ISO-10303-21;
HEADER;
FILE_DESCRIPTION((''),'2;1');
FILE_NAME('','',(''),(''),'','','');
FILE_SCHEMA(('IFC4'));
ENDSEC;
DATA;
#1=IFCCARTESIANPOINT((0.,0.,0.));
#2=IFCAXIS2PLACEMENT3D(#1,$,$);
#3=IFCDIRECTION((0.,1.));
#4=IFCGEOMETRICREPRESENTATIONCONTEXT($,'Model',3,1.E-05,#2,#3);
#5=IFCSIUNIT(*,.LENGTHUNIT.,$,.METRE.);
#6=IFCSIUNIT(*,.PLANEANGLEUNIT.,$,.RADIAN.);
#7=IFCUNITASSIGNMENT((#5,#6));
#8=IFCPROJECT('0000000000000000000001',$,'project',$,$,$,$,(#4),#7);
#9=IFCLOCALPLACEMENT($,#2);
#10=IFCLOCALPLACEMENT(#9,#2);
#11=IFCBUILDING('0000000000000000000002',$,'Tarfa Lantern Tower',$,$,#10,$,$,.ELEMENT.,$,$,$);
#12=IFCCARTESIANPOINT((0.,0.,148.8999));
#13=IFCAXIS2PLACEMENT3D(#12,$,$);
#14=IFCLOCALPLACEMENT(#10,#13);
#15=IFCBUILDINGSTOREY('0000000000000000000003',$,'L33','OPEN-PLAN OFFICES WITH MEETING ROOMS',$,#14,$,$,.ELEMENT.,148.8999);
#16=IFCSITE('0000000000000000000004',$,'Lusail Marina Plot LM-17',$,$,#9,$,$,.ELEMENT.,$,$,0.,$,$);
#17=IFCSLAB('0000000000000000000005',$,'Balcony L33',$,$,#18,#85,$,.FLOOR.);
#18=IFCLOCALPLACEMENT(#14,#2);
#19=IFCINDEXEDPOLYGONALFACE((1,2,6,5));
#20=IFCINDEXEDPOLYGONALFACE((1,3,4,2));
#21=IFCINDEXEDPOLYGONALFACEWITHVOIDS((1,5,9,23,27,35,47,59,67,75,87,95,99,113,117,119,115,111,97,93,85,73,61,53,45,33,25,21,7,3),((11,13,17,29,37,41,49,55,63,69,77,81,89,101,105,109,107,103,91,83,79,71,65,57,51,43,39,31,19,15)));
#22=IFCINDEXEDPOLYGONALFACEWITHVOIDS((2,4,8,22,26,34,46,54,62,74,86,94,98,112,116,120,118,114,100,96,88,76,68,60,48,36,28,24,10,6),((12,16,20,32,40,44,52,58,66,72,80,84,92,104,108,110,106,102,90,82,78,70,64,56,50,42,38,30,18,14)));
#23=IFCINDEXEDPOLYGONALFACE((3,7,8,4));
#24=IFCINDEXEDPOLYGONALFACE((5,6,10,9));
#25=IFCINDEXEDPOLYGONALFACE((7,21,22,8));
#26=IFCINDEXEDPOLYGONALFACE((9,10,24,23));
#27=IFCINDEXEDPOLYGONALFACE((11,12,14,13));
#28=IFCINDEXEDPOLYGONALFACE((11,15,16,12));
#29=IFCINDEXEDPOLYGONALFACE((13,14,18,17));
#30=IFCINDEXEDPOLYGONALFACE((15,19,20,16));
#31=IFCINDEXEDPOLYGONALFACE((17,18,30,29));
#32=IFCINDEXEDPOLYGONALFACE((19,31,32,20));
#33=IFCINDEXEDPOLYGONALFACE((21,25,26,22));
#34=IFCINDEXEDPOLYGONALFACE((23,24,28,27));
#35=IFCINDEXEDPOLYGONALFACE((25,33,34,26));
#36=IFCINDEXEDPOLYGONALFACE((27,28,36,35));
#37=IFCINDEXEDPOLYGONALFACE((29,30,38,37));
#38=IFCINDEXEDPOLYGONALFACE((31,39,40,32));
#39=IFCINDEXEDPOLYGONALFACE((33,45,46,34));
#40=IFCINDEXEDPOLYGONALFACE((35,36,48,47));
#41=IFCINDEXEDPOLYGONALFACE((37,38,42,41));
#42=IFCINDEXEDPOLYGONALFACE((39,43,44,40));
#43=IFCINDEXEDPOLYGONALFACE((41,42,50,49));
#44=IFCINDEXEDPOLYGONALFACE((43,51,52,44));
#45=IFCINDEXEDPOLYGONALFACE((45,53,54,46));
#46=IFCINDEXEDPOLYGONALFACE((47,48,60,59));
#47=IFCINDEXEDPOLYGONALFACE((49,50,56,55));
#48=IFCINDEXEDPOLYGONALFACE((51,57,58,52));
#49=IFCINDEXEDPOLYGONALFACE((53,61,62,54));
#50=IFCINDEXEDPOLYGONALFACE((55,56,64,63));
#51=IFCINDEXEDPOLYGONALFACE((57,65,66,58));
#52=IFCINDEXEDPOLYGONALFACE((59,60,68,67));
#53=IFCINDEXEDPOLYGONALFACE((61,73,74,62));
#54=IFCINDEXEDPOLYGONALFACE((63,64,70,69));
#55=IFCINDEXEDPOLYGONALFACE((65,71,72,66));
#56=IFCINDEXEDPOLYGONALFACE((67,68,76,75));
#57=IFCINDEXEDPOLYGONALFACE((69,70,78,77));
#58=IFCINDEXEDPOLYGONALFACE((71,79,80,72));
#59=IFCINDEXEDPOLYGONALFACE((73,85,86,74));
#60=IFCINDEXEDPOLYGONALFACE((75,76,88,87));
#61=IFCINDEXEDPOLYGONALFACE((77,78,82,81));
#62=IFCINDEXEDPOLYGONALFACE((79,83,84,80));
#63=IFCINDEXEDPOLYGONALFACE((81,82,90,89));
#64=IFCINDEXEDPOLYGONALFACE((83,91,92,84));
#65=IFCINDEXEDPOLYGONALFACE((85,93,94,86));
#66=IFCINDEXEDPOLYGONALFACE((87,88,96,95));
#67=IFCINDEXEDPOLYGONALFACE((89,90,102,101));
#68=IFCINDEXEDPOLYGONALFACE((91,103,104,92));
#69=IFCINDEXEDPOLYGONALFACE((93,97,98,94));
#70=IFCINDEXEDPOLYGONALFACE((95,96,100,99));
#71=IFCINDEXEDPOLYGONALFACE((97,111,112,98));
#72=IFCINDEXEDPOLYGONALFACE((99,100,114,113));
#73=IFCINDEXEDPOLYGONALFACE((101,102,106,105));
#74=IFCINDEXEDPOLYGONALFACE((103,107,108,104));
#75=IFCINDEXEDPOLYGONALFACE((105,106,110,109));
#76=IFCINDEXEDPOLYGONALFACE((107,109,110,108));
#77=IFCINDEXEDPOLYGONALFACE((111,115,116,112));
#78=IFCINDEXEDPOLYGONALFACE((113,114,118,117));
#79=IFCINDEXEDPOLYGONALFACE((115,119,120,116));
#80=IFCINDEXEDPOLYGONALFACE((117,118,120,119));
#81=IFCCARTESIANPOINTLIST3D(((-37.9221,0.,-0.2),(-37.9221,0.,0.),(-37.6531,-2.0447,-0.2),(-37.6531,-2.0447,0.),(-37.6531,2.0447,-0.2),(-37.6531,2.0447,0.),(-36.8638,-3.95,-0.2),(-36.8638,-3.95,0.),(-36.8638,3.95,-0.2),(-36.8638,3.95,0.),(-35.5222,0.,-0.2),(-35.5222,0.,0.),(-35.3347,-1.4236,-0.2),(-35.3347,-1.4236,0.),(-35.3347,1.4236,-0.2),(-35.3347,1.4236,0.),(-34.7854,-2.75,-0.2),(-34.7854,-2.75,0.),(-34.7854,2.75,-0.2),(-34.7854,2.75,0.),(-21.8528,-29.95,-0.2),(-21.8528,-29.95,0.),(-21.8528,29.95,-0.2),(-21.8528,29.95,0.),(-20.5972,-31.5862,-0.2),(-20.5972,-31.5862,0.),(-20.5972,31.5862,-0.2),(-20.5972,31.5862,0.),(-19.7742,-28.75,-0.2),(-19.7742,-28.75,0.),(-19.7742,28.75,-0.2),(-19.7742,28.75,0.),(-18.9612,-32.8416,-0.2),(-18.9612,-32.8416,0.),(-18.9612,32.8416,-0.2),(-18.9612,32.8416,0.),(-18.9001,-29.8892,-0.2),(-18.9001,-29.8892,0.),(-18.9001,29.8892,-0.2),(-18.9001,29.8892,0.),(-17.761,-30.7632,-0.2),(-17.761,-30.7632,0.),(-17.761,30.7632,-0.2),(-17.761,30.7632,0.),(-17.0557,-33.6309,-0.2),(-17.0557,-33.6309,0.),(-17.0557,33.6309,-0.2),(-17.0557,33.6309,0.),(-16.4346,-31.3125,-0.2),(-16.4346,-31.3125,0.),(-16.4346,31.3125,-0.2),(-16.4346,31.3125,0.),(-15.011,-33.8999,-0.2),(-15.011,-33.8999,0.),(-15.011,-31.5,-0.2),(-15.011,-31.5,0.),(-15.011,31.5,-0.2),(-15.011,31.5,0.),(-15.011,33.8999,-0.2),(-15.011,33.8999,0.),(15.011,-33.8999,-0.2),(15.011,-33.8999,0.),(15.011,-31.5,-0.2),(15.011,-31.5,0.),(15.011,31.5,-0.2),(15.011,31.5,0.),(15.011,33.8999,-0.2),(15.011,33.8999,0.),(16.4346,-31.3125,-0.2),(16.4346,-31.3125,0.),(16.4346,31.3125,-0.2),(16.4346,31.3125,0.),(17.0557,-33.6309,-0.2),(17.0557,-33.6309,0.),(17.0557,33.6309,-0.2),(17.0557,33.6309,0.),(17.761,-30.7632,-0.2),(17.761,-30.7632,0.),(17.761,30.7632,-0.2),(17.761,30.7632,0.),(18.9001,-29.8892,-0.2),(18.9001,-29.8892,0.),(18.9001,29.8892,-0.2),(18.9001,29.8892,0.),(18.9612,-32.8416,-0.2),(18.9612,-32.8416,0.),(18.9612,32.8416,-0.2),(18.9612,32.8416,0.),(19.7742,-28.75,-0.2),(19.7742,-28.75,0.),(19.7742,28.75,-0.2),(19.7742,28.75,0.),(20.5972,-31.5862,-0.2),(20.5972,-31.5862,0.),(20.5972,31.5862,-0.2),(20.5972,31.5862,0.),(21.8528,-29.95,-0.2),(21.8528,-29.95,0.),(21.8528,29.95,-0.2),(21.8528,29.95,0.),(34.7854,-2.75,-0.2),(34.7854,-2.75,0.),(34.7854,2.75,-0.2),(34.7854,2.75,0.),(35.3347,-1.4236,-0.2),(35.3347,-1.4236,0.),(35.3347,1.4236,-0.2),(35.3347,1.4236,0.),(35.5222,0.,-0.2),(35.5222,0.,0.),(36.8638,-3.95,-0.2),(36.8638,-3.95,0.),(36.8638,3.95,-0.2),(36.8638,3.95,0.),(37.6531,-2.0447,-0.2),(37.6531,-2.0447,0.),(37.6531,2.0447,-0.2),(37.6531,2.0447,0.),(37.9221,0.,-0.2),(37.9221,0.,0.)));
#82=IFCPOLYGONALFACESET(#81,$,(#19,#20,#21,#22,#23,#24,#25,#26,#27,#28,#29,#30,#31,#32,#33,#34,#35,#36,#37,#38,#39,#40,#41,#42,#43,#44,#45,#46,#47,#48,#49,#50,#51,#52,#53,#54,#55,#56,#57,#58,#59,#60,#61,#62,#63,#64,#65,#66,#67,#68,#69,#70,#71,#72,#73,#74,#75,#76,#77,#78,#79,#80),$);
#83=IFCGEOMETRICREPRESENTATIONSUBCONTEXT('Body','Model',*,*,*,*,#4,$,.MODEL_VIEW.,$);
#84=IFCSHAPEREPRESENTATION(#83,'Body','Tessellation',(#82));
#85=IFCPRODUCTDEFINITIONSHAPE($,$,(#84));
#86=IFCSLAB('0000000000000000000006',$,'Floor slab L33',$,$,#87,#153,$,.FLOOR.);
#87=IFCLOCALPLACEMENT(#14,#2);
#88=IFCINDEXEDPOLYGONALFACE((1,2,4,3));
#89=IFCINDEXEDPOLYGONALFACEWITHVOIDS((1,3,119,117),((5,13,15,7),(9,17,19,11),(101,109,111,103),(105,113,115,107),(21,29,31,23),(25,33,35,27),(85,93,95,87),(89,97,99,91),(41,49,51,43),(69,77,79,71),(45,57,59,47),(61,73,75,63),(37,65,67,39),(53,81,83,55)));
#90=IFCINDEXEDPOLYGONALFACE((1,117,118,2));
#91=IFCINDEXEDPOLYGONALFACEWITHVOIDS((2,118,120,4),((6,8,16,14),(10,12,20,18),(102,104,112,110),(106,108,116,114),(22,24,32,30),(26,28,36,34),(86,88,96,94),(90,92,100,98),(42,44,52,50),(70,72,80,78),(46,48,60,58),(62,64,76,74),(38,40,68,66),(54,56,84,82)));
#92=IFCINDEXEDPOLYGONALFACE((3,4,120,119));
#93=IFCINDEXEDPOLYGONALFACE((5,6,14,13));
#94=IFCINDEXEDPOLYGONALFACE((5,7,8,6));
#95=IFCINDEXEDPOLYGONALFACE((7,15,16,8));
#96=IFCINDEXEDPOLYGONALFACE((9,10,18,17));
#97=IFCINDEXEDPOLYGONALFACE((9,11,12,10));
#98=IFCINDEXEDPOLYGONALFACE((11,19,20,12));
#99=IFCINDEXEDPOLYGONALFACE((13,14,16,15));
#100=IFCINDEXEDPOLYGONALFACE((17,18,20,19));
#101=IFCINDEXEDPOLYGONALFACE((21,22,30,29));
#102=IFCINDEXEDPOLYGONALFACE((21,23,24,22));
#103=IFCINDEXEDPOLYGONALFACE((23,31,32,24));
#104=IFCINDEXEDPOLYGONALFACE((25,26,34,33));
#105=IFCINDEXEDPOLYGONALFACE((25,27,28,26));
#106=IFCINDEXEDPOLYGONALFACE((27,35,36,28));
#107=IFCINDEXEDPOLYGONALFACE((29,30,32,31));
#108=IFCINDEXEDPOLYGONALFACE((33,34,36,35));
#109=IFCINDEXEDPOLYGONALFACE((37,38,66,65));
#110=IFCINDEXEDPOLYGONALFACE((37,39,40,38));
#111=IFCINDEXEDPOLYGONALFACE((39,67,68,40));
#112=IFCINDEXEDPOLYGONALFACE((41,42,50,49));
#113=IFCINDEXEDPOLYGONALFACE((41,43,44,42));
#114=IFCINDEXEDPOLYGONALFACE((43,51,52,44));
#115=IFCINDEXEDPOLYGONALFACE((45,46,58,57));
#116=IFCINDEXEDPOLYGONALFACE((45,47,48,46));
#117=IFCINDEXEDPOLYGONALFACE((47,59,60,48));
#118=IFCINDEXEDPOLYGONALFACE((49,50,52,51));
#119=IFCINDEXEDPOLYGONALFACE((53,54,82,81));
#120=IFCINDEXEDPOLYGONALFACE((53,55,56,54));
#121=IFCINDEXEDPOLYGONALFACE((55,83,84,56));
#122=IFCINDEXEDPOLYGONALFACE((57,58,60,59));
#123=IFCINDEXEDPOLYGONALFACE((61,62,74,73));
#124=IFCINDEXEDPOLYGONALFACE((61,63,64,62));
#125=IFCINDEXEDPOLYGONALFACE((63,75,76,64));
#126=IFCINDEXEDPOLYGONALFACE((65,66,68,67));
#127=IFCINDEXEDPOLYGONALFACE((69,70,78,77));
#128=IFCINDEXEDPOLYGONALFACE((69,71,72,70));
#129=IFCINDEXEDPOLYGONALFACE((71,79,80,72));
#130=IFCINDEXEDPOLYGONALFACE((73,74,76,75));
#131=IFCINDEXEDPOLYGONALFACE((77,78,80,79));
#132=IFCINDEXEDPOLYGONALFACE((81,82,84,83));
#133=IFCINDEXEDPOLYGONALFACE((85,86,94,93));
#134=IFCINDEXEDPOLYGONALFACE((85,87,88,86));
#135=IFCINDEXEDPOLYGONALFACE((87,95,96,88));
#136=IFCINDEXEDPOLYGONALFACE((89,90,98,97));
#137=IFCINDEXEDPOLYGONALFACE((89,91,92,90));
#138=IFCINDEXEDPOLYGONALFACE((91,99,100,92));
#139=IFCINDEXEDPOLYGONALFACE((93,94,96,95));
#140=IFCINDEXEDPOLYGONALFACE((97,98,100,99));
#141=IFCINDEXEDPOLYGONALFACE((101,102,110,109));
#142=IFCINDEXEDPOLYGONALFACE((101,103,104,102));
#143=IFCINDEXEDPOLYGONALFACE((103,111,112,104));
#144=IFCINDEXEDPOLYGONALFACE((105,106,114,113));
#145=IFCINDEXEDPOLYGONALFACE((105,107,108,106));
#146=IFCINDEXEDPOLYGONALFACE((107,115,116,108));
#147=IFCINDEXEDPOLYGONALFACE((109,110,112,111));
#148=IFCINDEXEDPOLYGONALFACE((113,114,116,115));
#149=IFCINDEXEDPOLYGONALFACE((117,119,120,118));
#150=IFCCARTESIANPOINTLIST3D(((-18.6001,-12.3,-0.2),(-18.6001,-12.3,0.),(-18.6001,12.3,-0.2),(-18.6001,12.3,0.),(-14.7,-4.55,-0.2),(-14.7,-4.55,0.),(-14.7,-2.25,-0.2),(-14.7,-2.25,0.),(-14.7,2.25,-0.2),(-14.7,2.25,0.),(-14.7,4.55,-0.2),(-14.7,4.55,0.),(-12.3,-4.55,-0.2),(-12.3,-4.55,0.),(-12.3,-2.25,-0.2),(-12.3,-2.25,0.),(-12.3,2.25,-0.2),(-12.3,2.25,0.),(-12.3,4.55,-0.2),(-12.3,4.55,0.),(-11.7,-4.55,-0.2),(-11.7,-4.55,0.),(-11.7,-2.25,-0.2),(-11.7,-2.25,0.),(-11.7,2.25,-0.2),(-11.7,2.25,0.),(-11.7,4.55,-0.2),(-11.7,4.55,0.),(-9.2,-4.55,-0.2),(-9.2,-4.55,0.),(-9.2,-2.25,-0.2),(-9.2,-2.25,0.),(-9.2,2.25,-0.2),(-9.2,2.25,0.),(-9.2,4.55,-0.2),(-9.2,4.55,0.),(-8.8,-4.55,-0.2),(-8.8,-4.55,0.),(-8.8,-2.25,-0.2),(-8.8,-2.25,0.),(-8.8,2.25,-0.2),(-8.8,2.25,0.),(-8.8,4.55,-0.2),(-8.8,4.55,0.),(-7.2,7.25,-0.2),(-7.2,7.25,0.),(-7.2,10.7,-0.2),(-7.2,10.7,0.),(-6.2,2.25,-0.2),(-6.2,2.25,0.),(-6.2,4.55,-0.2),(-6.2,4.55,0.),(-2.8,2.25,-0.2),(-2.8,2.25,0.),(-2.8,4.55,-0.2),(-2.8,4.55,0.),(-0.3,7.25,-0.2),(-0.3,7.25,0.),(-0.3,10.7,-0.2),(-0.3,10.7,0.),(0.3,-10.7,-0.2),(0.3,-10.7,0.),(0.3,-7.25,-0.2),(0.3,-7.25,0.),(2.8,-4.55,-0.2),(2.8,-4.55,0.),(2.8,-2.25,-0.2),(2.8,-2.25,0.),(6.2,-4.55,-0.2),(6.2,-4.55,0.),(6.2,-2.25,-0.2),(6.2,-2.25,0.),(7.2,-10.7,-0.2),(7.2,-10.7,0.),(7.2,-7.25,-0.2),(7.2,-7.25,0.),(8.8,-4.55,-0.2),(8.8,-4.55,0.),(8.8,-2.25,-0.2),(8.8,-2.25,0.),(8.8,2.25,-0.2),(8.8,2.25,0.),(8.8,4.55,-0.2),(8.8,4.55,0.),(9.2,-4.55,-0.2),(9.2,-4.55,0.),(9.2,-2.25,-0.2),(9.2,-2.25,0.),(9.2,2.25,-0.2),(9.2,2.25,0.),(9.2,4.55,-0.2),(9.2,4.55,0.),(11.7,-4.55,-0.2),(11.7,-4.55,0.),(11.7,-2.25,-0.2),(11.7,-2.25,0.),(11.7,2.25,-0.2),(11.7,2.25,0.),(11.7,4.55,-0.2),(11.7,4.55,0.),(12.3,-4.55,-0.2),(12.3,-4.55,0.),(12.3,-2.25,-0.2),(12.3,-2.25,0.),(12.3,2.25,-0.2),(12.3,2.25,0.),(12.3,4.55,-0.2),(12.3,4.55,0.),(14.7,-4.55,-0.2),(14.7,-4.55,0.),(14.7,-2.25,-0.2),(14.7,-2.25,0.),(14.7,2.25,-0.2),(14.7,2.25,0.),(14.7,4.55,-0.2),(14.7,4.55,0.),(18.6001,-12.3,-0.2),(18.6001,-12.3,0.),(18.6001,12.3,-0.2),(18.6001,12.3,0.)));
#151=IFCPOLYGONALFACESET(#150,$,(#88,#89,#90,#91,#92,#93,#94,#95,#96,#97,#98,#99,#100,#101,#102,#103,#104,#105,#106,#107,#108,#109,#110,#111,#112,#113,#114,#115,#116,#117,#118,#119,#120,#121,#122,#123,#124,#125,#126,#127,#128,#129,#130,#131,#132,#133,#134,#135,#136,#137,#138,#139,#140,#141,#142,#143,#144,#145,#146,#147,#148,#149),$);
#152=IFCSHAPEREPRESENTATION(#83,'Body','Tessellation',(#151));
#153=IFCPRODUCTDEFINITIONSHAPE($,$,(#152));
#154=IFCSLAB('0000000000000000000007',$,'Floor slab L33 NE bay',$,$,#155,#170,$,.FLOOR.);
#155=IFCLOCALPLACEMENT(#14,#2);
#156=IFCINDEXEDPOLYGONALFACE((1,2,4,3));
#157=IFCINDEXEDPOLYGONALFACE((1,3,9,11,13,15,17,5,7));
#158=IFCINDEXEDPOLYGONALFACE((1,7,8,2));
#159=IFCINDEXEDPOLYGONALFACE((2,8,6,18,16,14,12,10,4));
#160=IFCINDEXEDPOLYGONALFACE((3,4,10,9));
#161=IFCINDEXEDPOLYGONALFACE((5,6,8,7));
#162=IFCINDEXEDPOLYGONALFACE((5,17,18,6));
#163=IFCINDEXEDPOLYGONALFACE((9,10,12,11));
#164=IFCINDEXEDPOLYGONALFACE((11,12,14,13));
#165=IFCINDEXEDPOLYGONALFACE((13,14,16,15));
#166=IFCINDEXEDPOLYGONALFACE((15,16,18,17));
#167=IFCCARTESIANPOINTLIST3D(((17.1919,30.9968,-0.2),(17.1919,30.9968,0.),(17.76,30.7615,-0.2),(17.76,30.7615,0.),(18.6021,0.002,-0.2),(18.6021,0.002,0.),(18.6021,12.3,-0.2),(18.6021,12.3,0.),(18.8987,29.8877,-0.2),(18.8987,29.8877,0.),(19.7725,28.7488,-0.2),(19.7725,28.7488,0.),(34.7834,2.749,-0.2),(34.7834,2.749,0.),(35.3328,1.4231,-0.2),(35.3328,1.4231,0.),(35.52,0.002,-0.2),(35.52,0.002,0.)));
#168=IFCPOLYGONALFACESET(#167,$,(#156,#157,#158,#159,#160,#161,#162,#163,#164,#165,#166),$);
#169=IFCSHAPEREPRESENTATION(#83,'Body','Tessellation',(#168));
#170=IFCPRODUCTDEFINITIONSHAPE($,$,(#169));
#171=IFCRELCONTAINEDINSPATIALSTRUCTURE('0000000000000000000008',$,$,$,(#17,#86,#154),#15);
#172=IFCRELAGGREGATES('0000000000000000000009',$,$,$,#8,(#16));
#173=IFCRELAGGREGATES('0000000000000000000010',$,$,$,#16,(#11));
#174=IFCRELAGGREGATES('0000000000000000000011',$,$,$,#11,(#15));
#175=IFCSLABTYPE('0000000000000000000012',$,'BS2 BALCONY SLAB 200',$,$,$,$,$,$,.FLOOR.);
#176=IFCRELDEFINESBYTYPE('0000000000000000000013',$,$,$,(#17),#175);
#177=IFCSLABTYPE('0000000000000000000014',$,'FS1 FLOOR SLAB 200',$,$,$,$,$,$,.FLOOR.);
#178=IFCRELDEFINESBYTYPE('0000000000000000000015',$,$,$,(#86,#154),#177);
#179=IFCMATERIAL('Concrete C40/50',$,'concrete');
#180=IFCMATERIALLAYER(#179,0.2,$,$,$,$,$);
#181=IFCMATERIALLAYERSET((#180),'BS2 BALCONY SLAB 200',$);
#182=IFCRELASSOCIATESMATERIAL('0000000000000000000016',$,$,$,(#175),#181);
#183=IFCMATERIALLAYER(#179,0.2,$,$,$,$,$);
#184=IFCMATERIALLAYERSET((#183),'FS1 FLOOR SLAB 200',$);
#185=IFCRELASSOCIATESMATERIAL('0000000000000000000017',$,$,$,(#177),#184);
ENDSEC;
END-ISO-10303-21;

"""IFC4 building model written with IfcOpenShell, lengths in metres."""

from ifc_helpers import new_model, si_unit, direction, frame, origin, place, context, subcontext, project, spatial, polyline, outline, extrude, material, layer, layer_set, type_object, element, save


model = new_model("IFC4")

# Units and contexts
model_context = context("Model", 3, precision=1e-05, world=origin(), true_north=direction((0.0, 1.0)))
body_context = subcontext(model_context, "Body", "Model", "MODEL_VIEW")
ifc_project = project(units=[si_unit("LENGTHUNIT", "METRE"), si_unit("PLANEANGLEUNIT", "RADIAN")], contexts=[model_context])

# Site, building, storey
site_placement = place(None, origin())
site = spatial("IfcSite", under=ifc_project, at=site_placement, Name="Lusail Marina Plot LM-17", CompositionType="ELEMENT", RefElevation=0.0)
building_placement = place(site_placement, origin())
building = spatial("IfcBuilding", under=site, at=building_placement, Name="Tarfa Lantern Tower", CompositionType="ELEMENT")
storey_placement = place(building_placement, frame((0.0, 0.0, 148.8999)))
storey = spatial("IfcBuildingStorey", under=building, at=storey_placement, Name="L33", Description="OPEN-PLAN OFFICES WITH MEETING ROOMS", CompositionType="ELEMENT", Elevation=148.8999)

# Slabs
ifc_material_1 = material(Name="Concrete C40/50", Category="concrete")
ifc_layer_1 = layer(ifc_material_1, 0.2)
ifc_layer_set_1 = layer_set([ifc_layer_1], Name="BS2 BALCONY SLAB 200")
slab_type_1 = type_object("IfcSlabType", Name="BS2 BALCONY SLAB 200", PredefinedType="FLOOR", material=ifc_layer_set_1)
slab_1_placement = place(storey_placement, frame((0.0, 0.0, -0.2)))
element("IfcSlab", 1, at=slab_1_placement, inside=storey, type_object=slab_type_1, Name="Balcony L33", PredefinedType="FLOOR", context=body_context, shape_type="SweptSolid", body=[
    extrude(outline(polyline([(36.8638, 3.95), (21.8528, 29.95), (20.5972, 31.5862), (18.9612, 32.8416), (17.0557, 33.6309), (15.011, 33.8999), (-15.011, 33.8999), (-17.0557, 33.6309), (-18.9612, 32.8416), (-20.5972, 31.5862), (-21.8528, 29.95), (-36.8638, 3.95), (-37.6531, 2.0447), (-37.9221, 0.0), (-37.6531, -2.0447), (-36.8638, -3.95), (-21.8528, -29.95), (-20.5972, -31.5862), (-18.9612, -32.8416), (-17.0557, -33.6309), (-15.011, -33.8999), (15.011, -33.8999), (17.0557, -33.6309), (18.9612, -32.8416), (20.5972, -31.5862), (21.8528, -29.95), (36.8638, -3.95), (37.6531, -2.0447), (37.9221, 0.0), (37.6531, 2.0447), (36.8638, 3.95)]), holes=[polyline([(34.7854, 2.75), (19.7742, 28.75), (18.9001, 29.8892), (17.761, 30.7632), (16.4346, 31.3125), (15.011, 31.5), (-15.011, 31.5), (-16.4346, 31.3125), (-17.761, 30.7632), (-18.9001, 29.8892), (-19.7742, 28.75), (-34.7854, 2.75), (-35.3347, 1.4236), (-35.5222, 0.0), (-35.3347, -1.4236), (-34.7854, -2.75), (-19.7742, -28.75), (-18.9001, -29.8892), (-17.761, -30.7632), (-16.4346, -31.3125), (-15.011, -31.5), (15.011, -31.5), (16.4346, -31.3125), (17.761, -30.7632), (18.9001, -29.8892), (19.7742, -28.75), (34.7854, -2.75), (35.3347, -1.4236), (35.5222, 0.0), (35.3347, 1.4236), (34.7854, 2.75)])]), origin(), (0.0, 0.0, 1.0), 0.2),
])
ifc_layer_2 = layer(ifc_material_1, 0.2)
ifc_layer_set_2 = layer_set([ifc_layer_2], Name="FS1 FLOOR SLAB 200")
slab_type_2 = type_object("IfcSlabType", Name="FS1 FLOOR SLAB 200", PredefinedType="FLOOR", material=ifc_layer_set_2)
slab_2_placement = place(storey_placement, frame((0.0, 0.0, -0.2)))
element("IfcSlab", 2, at=slab_2_placement, inside=storey, type_object=slab_type_2, Name="Floor slab L33", PredefinedType="FLOOR", context=body_context, shape_type="SweptSolid", body=[
    extrude(outline(polyline([(-18.6001, -12.3), (18.6001, -12.3), (18.6001, 12.3), (-18.6001, 12.3), (-18.6001, -12.3)]), holes=[polyline([(-14.7, 2.25), (-12.3, 2.25), (-12.3, 4.55), (-14.7, 4.55), (-14.7, 2.25)]), polyline([(-11.7, 2.25), (-9.2, 2.25), (-9.2, 4.55), (-11.7, 4.55), (-11.7, 2.25)]), polyline([(-8.8, 2.25), (-6.2, 2.25), (-6.2, 4.55), (-8.8, 4.55), (-8.8, 2.25)]), polyline([(-2.8, 2.25), (8.8, 2.25), (8.8, 4.55), (-2.8, 4.55), (-2.8, 2.25)]), polyline([(9.2, 2.25), (11.7, 2.25), (11.7, 4.55), (9.2, 4.55), (9.2, 2.25)]), polyline([(12.3, 2.25), (14.7, 2.25), (14.7, 4.55), (12.3, 4.55), (12.3, 2.25)]), polyline([(14.7, -2.25), (12.3, -2.25), (12.3, -4.55), (14.7, -4.55), (14.7, -2.25)]), polyline([(11.7, -2.25), (9.2, -2.25), (9.2, -4.55), (11.7, -4.55), (11.7, -2.25)]), polyline([(8.8, -2.25), (6.2, -2.25), (6.2, -4.55), (8.8, -4.55), (8.8, -2.25)]), polyline([(2.8, -2.25), (-8.8, -2.25), (-8.8, -4.55), (2.8, -4.55), (2.8, -2.25)]), polyline([(-9.2, -2.25), (-11.7, -2.25), (-11.7, -4.55), (-9.2, -4.55), (-9.2, -2.25)]), polyline([(-12.3, -2.25), (-14.7, -2.25), (-14.7, -4.55), (-12.3, -4.55), (-12.3, -2.25)]), polyline([(-7.2, 7.25), (-0.3, 7.25), (-0.3, 10.7), (-7.2, 10.7), (-7.2, 7.25)]), polyline([(7.2, -7.25), (0.3, -7.25), (0.3, -10.7), (7.2, -10.7), (7.2, -7.25)])]), origin(), (0.0, 0.0, 1.0), 0.2),
])
slab_3_placement = place(storey_placement, frame((0.0, 0.0, -0.2)))
element("IfcSlab", 3, at=slab_3_placement, inside=storey, type_object=slab_type_2, Name="Floor slab L33 NE bay", PredefinedType="FLOOR", context=body_context, shape_type="SweptSolid", body=[
    extrude(outline(polyline([(34.7834, 2.749), (19.7725, 28.7488), (18.8987, 29.8877), (17.76, 30.7615), (17.1919, 30.9968), (18.6021, 12.3), (18.6021, 0.002), (35.52, 0.002), (35.3328, 1.4231), (34.7834, 2.749)])), origin(), (0.0, 0.0, 1.0), 0.2),
])

save(model, "model.ifc")
